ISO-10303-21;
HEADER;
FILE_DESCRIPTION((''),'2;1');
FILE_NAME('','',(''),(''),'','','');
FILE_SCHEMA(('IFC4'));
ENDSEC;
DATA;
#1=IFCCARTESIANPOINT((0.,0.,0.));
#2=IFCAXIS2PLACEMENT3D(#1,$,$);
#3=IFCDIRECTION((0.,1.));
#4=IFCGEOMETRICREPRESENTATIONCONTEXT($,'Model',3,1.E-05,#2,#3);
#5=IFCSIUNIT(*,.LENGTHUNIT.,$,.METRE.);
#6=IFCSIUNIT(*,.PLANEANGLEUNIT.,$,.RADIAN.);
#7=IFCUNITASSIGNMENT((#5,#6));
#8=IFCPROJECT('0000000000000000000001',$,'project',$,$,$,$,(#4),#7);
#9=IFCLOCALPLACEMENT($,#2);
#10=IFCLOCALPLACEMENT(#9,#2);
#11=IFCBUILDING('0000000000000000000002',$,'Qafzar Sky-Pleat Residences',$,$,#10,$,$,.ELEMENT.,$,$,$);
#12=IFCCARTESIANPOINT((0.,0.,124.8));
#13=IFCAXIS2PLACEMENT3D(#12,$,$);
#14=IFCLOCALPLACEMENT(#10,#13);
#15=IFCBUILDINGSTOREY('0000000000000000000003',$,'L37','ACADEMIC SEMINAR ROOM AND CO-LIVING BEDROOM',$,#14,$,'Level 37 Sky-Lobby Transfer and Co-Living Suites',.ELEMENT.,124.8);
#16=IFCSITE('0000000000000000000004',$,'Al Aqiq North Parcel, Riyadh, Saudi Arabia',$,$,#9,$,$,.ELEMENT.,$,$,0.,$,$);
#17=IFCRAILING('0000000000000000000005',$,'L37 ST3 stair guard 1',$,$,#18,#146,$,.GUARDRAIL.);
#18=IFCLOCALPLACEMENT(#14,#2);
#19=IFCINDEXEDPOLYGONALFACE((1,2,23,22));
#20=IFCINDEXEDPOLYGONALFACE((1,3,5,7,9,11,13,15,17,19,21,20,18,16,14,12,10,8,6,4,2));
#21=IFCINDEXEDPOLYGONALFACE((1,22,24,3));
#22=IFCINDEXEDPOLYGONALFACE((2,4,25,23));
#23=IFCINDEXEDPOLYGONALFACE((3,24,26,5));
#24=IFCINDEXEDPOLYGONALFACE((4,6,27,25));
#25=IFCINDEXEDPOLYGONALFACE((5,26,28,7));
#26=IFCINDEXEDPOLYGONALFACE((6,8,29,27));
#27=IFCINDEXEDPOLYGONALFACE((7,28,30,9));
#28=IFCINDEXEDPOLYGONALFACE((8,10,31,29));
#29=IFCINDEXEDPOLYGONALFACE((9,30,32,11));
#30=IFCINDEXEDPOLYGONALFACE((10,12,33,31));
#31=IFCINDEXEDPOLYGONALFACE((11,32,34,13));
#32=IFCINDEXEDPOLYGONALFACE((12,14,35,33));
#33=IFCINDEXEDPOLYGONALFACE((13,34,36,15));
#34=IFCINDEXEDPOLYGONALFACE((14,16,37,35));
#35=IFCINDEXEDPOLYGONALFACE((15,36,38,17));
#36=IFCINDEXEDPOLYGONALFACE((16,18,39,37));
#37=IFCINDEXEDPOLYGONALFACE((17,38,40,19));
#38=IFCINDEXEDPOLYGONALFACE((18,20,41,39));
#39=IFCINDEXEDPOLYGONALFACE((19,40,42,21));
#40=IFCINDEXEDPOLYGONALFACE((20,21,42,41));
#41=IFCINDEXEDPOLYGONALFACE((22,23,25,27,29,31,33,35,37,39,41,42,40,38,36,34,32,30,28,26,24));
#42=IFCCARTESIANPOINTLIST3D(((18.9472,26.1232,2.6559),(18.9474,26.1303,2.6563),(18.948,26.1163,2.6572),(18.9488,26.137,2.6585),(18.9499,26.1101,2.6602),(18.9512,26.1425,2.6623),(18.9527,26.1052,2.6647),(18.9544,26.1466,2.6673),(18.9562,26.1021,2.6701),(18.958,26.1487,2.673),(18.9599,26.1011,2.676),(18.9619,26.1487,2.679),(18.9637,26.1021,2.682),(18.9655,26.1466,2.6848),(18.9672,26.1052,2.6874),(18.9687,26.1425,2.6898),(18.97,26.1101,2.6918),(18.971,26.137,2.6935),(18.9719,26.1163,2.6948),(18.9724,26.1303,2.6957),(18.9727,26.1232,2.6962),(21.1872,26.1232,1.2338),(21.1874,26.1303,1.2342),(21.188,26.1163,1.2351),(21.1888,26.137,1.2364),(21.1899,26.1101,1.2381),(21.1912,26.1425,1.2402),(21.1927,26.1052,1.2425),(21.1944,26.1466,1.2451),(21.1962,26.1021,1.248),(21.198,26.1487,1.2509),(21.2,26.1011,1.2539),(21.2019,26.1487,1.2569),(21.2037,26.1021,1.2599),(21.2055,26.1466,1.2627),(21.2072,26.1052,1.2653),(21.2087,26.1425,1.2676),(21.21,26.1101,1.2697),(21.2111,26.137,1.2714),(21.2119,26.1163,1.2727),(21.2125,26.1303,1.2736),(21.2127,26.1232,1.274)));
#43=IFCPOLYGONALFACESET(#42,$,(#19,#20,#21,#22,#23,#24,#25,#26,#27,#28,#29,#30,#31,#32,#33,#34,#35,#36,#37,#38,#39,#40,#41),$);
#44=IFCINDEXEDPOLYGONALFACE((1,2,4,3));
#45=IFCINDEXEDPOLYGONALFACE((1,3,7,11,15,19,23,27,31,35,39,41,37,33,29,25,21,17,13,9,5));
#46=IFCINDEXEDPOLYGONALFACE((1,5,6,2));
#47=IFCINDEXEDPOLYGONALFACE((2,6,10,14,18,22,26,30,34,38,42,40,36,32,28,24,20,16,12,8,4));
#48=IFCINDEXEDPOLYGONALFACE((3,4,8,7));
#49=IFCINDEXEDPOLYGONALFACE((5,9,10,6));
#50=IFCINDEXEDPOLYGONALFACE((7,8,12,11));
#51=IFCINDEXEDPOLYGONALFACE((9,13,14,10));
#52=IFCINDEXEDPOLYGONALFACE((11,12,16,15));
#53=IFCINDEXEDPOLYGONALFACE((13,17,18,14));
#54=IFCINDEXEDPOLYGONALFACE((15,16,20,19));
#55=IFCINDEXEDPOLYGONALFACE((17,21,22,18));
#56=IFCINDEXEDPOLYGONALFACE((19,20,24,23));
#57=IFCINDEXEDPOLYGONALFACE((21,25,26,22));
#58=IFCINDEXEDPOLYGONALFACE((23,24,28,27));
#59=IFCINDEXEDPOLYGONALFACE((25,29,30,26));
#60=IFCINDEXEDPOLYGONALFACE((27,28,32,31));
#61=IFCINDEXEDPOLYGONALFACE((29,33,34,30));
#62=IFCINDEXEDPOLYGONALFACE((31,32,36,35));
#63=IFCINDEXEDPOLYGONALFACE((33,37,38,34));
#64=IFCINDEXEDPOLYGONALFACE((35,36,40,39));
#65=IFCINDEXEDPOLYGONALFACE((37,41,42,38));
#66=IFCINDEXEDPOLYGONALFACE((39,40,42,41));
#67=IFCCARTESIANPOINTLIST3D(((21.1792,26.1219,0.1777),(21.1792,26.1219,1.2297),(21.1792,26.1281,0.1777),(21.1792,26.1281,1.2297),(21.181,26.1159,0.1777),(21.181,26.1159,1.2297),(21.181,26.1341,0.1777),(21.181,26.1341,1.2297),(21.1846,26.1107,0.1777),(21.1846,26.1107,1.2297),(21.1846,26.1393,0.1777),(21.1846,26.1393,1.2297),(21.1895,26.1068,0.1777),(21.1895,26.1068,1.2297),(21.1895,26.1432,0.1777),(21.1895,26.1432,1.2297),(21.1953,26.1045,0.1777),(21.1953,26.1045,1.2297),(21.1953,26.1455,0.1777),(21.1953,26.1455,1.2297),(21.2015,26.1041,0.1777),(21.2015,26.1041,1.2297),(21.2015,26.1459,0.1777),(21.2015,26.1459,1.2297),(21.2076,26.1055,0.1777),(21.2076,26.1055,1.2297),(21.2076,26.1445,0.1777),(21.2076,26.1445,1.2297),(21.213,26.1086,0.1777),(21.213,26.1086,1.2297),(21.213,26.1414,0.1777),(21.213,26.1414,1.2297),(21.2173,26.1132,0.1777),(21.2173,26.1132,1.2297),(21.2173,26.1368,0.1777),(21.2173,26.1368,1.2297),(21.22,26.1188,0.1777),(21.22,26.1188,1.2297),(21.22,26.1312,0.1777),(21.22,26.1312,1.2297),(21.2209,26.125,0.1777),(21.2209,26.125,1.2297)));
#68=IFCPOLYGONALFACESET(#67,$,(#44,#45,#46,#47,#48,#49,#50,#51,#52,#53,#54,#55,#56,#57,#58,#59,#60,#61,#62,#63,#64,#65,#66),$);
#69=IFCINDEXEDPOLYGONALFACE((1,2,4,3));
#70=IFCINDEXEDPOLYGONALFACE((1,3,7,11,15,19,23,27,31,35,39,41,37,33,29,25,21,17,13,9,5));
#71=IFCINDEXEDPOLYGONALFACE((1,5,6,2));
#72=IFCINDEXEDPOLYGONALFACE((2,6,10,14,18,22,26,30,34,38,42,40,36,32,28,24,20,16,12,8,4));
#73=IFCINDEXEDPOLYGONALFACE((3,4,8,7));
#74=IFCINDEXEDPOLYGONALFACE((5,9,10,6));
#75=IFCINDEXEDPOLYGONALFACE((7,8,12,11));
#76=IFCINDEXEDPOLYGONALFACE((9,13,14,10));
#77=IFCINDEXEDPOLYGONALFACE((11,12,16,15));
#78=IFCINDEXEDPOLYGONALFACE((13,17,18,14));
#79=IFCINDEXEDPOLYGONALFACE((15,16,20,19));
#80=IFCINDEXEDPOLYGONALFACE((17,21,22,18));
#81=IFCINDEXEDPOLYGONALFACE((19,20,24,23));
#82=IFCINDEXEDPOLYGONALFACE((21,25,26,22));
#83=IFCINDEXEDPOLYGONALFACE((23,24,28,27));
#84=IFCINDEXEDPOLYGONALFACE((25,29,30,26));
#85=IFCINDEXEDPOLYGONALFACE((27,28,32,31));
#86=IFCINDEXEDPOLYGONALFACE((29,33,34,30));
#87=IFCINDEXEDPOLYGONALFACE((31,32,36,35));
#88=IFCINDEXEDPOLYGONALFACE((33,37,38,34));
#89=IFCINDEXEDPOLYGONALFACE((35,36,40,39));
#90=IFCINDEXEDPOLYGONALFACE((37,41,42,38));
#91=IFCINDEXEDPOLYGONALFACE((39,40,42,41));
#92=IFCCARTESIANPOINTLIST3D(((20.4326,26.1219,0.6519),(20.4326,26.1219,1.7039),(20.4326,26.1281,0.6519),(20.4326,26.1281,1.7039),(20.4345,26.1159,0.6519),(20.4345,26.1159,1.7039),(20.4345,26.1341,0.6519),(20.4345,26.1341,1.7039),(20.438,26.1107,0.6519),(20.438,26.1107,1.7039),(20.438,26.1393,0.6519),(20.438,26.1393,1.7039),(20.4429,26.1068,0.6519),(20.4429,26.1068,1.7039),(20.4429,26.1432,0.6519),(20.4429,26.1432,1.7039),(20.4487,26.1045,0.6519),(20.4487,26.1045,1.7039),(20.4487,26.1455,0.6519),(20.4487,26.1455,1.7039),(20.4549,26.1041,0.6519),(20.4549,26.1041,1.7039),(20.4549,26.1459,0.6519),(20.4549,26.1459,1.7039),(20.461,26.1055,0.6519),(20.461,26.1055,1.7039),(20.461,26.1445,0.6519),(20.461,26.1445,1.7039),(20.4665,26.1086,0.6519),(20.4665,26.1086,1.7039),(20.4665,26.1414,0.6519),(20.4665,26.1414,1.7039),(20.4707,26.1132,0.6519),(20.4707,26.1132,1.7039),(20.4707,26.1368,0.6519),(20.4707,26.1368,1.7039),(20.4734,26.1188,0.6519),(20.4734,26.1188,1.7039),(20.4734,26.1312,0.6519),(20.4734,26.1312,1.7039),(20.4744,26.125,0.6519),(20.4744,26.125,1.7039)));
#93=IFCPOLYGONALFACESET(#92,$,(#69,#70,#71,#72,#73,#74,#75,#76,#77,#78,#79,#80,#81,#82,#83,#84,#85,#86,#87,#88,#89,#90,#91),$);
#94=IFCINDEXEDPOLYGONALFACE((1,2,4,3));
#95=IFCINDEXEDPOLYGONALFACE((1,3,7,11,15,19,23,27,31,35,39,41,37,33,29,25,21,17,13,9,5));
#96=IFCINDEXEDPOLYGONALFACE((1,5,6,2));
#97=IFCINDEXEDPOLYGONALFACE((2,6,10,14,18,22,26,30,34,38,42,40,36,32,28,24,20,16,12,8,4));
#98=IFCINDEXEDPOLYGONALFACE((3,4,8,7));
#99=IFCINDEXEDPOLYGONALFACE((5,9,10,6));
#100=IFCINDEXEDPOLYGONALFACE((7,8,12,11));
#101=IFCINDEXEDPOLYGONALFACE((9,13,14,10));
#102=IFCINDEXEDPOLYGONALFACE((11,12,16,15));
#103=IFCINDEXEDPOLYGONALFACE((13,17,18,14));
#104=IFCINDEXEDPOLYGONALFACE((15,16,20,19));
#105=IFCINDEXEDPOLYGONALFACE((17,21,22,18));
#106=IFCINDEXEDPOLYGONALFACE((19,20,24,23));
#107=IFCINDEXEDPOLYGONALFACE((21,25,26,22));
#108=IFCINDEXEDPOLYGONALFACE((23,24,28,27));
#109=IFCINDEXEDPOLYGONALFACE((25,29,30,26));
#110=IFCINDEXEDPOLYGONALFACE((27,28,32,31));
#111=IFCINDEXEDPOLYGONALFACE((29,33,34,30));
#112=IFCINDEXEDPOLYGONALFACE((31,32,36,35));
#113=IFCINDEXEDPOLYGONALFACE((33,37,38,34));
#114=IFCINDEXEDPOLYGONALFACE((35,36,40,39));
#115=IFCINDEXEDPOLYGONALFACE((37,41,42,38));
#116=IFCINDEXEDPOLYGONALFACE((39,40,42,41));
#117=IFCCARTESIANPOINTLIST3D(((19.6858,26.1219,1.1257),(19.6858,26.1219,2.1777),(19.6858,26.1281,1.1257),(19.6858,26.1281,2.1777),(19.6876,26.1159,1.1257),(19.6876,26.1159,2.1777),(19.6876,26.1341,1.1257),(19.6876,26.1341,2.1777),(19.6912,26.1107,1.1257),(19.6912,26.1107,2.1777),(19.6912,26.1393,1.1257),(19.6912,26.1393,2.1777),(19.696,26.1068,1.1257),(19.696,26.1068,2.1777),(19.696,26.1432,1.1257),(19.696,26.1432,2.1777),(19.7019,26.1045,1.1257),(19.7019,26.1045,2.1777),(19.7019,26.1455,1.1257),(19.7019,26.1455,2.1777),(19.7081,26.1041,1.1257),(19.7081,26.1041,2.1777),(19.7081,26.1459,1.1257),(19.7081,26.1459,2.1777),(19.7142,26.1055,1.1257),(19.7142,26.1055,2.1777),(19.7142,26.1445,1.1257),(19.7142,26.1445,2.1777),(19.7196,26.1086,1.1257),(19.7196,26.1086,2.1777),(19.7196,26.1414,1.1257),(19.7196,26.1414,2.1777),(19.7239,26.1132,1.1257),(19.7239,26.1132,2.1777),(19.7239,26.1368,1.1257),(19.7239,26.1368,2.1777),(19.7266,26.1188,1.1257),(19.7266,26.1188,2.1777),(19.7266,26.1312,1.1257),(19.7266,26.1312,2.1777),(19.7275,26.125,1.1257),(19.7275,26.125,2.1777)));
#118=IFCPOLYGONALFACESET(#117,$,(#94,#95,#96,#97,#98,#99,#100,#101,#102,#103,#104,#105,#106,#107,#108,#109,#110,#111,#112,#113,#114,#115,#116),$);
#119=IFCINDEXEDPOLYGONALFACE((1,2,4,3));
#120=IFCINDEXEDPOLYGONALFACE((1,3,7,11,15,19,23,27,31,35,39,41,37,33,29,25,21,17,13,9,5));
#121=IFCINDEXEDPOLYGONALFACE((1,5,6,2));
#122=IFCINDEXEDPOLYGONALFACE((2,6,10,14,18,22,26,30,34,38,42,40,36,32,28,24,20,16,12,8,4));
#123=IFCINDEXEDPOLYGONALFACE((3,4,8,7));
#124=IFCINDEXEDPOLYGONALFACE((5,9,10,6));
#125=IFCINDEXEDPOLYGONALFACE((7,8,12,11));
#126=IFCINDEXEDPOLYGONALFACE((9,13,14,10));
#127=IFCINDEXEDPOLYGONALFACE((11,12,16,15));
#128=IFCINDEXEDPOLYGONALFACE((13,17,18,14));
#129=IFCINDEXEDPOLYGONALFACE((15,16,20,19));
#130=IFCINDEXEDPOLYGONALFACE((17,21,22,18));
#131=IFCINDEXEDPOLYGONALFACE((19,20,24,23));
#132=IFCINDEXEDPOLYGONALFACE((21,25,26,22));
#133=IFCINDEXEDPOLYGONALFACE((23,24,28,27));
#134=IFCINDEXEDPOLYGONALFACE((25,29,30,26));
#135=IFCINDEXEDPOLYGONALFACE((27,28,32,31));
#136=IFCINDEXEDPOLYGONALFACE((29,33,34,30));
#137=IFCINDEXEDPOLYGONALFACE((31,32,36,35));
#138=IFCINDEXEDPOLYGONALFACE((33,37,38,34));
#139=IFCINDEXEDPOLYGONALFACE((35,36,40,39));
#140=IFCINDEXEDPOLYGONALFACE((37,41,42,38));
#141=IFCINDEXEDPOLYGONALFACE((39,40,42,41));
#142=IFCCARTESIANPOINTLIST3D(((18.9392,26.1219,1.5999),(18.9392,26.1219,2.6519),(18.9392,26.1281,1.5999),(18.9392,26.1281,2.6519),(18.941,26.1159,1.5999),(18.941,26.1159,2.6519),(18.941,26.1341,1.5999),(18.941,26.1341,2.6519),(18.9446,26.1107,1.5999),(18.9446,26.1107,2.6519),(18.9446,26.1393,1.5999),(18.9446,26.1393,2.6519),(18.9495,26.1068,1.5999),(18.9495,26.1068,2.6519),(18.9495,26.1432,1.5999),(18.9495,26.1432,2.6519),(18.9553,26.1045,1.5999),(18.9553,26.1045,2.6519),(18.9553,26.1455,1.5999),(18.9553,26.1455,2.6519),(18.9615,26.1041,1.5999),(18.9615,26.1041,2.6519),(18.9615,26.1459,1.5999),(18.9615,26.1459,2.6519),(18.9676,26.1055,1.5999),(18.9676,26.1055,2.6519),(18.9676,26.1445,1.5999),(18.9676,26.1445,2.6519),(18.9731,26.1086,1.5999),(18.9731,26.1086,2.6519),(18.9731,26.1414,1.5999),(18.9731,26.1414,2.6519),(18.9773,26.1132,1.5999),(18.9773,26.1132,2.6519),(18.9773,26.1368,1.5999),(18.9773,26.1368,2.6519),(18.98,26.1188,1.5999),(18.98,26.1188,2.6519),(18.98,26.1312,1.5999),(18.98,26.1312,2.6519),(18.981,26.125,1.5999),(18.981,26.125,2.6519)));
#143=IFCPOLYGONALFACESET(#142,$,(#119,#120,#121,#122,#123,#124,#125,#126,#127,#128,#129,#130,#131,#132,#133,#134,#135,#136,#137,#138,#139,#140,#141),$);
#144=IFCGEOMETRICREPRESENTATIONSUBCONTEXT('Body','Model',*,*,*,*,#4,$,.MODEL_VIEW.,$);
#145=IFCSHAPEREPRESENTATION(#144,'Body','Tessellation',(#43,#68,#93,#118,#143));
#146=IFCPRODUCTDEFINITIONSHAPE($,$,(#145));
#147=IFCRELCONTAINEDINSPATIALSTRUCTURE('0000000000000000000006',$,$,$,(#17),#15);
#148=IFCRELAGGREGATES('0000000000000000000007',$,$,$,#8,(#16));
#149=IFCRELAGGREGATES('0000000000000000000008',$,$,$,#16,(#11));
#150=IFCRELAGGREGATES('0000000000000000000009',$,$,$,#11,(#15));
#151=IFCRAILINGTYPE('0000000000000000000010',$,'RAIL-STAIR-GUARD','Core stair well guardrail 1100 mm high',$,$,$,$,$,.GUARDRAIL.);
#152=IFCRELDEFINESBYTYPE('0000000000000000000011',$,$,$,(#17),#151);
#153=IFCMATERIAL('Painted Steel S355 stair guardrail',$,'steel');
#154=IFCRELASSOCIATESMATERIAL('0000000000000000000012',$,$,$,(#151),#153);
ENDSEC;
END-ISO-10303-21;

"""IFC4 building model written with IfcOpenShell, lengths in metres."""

from ifc_helpers import new_model, si_unit, direction, frame, origin, origin_2d, place, context, subcontext, project, spatial, circle, extrude, source, transform, mapped, material, type_object, element, save


model = new_model("IFC4")

# Units and contexts
model_context = context("Model", 3, precision=1e-05, world=origin(), true_north=direction((0.0, 1.0)))
body_context = subcontext(model_context, "Body", "Model", "MODEL_VIEW")
ifc_project = project(units=[si_unit("LENGTHUNIT", "METRE"), si_unit("PLANEANGLEUNIT", "RADIAN")], contexts=[model_context])

# Site, building, storey
site_placement = place(None, origin())
site = spatial("IfcSite", under=ifc_project, at=site_placement, Name="Al Aqiq North Parcel, Riyadh, Saudi Arabia", CompositionType="ELEMENT", RefElevation=0.0)
building_placement = place(site_placement, origin())
building = spatial("IfcBuilding", under=site, at=building_placement, Name="Qafzar Sky-Pleat Residences", CompositionType="ELEMENT")
storey_placement = place(building_placement, frame((0.0, 0.0, 124.8)))
storey = spatial("IfcBuildingStorey", under=building, at=storey_placement, Name="L37", Description="ACADEMIC SEMINAR ROOM AND CO-LIVING BEDROOM", LongName="Level 37 Sky-Lobby Transfer and Co-Living Suites", CompositionType="ELEMENT", Elevation=124.8)

# Railing
ifc_material_1 = material(Name="Painted Steel S355 stair guardrail", Category="steel")
railing_type_1 = type_object("IfcRailingType", Name="RAIL-STAIR-GUARD", Description="Core stair well guardrail 1100 mm high", PredefinedType="GUARDRAIL", material=ifc_material_1)
shared_shape_1 = source(origin(), body_context, "Body", "SweptSolid", [
    extrude(circle(Radius=0.0239, at=origin_2d()), frame((0.0, 0.0, 1.0762), z_axis=(-0.844229, 0.0, 0.535982), x_axis=(0.0, -1.0, 0.0)), (0.0, 0.0, 1.0), 2.6533),
    extrude(circle(Radius=0.021, at=origin_2d()), origin(), (0.0, 0.0, 1.0), 1.052),
    extrude(circle(Radius=0.021, at=origin_2d()), frame((-0.7466, 0.0, 0.4741)), (0.0, 0.0, 1.0), 1.052),
    extrude(circle(Radius=0.021, at=origin_2d()), frame((-1.4934, 0.0, 0.948)), (0.0, 0.0, 1.0), 1.052),
    extrude(circle(Radius=0.021, at=origin_2d()), frame((-2.24, 0.0, 1.4221)), (0.0, 0.0, 1.0), 1.052),
])
railing_1_placement = place(storey_placement, frame((21.2, 26.125, 0.1777)))
element("IfcRailing", 1, at=railing_1_placement, inside=storey, type_object=railing_type_1, Name="L37 ST3 stair guard 1", PredefinedType="GUARDRAIL", context=body_context, shape_type="MappedRepresentation", body=[
    mapped(shared_shape_1, transform((0.0, 0.0, 0.0), x_axis=(1.0, 0.0, 0.0), y_axis=(0.0, 1.0, 0.0), z_axis=(0.0, 0.0, 1.0), scale=1.0)),
])

save(model, "model.ifc")
